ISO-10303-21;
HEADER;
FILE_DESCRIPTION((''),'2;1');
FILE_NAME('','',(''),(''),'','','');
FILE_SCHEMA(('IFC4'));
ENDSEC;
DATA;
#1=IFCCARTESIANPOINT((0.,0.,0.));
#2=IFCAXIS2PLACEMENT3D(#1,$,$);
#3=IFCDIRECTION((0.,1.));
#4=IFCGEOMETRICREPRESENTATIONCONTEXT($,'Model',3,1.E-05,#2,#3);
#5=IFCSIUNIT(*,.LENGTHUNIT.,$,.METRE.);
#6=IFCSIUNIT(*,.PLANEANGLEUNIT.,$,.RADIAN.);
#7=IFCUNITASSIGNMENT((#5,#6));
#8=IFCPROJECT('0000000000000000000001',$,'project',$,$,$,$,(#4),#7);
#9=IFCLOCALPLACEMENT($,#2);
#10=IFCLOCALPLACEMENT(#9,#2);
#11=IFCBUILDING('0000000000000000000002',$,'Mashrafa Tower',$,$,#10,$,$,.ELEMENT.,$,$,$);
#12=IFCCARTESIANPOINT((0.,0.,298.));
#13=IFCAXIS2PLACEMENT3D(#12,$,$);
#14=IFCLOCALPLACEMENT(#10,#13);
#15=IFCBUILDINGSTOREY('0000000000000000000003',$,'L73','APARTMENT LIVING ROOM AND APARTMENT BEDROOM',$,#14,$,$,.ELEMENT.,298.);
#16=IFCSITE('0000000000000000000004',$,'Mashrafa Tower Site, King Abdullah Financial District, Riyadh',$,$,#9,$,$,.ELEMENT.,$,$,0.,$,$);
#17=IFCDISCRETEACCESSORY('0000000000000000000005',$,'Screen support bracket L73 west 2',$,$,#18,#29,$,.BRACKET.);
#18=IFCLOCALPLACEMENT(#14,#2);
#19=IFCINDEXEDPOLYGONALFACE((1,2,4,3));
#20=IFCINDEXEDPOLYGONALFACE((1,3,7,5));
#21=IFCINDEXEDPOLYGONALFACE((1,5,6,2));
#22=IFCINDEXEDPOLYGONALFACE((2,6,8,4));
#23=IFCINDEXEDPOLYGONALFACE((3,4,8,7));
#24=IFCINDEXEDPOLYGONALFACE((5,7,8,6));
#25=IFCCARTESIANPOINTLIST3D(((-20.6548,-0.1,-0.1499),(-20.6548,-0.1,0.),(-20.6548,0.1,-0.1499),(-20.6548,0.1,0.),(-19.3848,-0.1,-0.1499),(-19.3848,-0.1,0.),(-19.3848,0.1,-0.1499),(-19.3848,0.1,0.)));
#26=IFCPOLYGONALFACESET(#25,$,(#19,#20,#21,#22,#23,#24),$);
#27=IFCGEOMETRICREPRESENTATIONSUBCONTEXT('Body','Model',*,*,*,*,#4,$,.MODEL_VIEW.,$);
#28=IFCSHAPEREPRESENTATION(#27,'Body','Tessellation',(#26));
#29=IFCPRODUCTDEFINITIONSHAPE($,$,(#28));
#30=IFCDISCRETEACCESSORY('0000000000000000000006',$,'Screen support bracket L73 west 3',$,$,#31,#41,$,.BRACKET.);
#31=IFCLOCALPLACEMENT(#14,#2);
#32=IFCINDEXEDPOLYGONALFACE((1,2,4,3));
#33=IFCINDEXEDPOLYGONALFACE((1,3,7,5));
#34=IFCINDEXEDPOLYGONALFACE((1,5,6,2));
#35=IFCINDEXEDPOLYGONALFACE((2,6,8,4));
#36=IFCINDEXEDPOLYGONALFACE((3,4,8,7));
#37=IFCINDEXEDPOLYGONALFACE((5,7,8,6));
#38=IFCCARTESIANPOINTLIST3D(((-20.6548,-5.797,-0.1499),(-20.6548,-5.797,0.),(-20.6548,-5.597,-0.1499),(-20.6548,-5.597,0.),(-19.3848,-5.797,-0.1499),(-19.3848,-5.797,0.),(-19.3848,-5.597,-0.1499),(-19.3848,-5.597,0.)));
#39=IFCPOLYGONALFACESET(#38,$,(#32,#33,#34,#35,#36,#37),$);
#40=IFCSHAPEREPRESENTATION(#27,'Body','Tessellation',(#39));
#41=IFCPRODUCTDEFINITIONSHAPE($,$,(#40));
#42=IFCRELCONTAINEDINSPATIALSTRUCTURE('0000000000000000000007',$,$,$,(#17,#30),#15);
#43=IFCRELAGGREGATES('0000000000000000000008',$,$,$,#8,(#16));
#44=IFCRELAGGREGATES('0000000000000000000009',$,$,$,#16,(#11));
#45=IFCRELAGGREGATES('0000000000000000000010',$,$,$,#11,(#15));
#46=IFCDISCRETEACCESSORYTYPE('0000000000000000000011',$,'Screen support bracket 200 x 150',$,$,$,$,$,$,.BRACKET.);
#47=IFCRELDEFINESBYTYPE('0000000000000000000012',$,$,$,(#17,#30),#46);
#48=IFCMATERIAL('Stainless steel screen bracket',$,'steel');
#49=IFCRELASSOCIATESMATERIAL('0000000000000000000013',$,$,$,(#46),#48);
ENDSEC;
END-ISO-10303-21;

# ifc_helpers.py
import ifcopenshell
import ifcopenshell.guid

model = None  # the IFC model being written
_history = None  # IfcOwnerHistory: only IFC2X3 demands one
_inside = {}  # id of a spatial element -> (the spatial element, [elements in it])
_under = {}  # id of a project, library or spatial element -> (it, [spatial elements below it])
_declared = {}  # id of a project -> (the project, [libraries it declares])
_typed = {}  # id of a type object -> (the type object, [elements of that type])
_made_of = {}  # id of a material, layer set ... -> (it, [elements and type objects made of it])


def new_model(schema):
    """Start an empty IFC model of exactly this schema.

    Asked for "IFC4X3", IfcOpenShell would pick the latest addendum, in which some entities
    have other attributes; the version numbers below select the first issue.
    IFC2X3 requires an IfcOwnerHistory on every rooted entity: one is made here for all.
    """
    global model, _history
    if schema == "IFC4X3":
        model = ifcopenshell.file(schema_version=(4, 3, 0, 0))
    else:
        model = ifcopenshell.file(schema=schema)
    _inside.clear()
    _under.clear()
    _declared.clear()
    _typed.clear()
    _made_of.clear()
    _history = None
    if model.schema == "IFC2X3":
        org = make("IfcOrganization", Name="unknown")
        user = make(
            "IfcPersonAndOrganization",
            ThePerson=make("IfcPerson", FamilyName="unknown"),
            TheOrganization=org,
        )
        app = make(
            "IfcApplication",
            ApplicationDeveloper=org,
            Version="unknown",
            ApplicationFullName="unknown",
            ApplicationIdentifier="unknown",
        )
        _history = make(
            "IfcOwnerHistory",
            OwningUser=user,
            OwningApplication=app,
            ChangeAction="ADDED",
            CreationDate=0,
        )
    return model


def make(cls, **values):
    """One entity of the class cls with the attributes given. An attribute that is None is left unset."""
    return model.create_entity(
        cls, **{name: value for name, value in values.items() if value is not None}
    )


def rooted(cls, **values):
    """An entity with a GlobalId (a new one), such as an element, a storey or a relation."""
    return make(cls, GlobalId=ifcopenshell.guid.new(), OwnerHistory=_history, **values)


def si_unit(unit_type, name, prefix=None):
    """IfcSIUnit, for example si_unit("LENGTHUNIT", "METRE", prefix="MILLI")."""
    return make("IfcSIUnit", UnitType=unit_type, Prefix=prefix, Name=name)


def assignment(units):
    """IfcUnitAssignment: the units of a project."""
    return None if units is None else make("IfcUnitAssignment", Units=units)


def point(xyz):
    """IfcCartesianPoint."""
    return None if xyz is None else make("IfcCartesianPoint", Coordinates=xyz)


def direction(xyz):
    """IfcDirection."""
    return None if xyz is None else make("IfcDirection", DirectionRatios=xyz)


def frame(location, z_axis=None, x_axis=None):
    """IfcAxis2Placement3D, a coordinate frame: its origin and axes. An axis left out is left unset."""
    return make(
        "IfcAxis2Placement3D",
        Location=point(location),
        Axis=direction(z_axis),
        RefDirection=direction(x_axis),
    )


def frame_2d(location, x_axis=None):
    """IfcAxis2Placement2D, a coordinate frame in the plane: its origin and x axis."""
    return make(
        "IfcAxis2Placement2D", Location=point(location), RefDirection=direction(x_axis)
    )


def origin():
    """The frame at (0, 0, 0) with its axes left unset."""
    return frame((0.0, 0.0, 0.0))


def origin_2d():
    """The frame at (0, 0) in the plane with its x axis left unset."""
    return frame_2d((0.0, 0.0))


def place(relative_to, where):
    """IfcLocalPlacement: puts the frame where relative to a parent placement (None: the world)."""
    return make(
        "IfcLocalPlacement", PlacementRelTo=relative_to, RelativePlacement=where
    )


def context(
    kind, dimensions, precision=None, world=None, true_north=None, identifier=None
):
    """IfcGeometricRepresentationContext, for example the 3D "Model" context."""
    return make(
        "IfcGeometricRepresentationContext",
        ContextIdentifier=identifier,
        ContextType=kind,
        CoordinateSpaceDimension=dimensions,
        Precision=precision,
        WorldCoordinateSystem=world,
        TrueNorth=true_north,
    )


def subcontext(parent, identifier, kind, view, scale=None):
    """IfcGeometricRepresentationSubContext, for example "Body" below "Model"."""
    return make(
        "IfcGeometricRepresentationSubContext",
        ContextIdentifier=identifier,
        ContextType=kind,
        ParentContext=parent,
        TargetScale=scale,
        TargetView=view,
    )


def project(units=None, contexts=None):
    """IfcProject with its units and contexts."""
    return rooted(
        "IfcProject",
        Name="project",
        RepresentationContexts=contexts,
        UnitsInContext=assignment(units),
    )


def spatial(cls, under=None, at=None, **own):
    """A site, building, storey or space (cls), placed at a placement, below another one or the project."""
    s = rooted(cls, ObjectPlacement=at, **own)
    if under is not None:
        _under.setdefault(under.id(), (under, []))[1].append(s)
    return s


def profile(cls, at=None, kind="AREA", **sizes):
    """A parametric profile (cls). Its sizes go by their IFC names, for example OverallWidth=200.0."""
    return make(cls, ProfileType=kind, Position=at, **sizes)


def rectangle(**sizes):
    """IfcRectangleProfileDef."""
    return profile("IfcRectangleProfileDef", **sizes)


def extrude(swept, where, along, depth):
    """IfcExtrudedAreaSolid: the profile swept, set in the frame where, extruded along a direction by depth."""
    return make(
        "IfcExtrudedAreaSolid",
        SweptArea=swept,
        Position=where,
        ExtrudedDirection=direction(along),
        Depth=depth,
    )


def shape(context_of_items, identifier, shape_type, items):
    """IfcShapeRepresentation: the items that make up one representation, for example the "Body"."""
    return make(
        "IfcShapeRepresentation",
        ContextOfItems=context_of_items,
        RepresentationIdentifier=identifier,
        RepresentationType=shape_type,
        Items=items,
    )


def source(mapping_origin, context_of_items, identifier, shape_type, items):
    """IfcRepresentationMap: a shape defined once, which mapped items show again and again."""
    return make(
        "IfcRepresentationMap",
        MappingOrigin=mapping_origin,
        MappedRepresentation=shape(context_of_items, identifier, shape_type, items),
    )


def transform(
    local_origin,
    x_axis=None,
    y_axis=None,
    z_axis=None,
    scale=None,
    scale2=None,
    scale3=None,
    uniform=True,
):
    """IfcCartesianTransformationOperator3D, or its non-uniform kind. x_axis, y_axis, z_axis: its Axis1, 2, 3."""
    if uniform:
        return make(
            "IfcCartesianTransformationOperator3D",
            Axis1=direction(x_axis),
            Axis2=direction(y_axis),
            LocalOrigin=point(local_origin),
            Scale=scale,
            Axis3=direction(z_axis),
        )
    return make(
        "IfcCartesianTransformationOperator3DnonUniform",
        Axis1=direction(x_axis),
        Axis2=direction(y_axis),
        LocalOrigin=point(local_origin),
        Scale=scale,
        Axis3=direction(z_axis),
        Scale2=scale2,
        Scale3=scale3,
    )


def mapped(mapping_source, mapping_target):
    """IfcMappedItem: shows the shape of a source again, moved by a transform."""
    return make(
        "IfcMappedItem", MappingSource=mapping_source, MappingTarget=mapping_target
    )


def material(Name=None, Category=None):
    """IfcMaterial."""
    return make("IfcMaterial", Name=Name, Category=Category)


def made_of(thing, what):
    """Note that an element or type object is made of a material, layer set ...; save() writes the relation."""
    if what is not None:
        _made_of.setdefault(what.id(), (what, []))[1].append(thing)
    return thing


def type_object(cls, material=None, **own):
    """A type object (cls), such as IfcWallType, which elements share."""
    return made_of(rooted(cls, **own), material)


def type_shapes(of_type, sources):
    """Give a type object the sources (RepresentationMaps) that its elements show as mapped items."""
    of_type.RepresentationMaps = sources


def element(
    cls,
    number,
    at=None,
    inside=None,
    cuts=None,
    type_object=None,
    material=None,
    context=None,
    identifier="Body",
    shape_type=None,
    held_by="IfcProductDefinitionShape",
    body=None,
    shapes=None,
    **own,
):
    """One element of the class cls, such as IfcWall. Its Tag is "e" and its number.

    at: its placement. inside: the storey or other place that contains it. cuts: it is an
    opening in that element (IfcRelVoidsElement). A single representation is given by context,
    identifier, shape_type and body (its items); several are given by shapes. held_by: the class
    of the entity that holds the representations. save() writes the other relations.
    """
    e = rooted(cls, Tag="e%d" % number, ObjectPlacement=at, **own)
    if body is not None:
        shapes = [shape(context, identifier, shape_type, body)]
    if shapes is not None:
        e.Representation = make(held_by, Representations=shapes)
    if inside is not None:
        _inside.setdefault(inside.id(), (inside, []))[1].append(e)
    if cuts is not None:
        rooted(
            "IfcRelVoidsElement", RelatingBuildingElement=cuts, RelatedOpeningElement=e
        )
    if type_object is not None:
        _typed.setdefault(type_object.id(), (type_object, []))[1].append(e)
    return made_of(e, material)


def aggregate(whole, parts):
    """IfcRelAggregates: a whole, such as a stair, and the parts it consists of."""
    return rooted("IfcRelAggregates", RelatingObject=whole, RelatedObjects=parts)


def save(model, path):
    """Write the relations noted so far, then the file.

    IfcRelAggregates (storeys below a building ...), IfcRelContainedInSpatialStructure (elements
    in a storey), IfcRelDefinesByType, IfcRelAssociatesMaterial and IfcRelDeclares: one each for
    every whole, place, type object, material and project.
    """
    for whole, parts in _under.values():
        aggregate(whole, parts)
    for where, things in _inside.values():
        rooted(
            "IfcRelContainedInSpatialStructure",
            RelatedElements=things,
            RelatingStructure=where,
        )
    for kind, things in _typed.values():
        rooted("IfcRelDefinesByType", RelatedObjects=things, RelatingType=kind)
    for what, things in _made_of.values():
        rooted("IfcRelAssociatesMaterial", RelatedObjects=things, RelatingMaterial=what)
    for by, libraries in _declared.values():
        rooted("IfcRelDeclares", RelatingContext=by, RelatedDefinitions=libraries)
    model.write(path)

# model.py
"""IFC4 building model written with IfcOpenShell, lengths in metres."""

from ifc_helpers import new_model, si_unit, direction, frame, origin, origin_2d, place, context, subcontext, project, spatial, rectangle, extrude, source, transform, mapped, material, type_object, type_shapes, element, save


model = new_model("IFC4")

# Units and contexts
model_context = context("Model", 3, precision=1e-05, world=origin(), true_north=direction((0.0, 1.0)))
body_context = subcontext(model_context, "Body", "Model", "MODEL_VIEW")
ifc_project = project(units=[si_unit("LENGTHUNIT", "METRE"), si_unit("PLANEANGLEUNIT", "RADIAN")], contexts=[model_context])

# Site, building, storey
site_placement = place(None, origin())
site = spatial("IfcSite", under=ifc_project, at=site_placement, Name="Mashrafa Tower Site, King Abdullah Financial District, Riyadh", CompositionType="ELEMENT", RefElevation=0.0)
building_placement = place(site_placement, origin())
building = spatial("IfcBuilding", under=site, at=building_placement, Name="Mashrafa Tower", CompositionType="ELEMENT")
storey_placement = place(building_placement, frame((0.0, 0.0, 298.0)))
storey = spatial("IfcBuildingStorey", under=building, at=storey_placement, Name="L73", Description="APARTMENT LIVING ROOM AND APARTMENT BEDROOM", CompositionType="ELEMENT", Elevation=298.0)

# Discrete accessories
ifc_material_1 = material(Name="Stainless steel screen bracket", Category="steel")
discrete_accessory_type = type_object("IfcDiscreteAccessoryType", Name="Screen support bracket 200 x 150", PredefinedType="BRACKET", material=ifc_material_1)
shared_shape_1 = source(origin(), body_context, "Body", "SweptSolid", [
    extrude(rectangle(XDim=0.2, YDim=1.27, at=origin_2d()), origin(), (0.0, 0.0, 1.0), 0.1499),
])
type_shapes(discrete_accessory_type, [shared_shape_1])
for number, where, z_axis, x_axis, name in (
    (1, (-20.0198, 0.0, -0.1499), (0.0, 0.0, 1.0), (0.0, -1.0, 0.0), "Screen support bracket L73 west 2"),
    (2, (-20.0198, -5.697, -0.1499), (0.0, 0.0, 1.0), (0.0, -1.0, 0.0), "Screen support bracket L73 west 3"),
):
    element("IfcDiscreteAccessory", number, at=place(storey_placement, frame(where, z_axis=z_axis, x_axis=x_axis)), inside=storey, type_object=discrete_accessory_type, Name=name, PredefinedType="BRACKET", context=body_context, shape_type="MappedRepresentation", body=[
        mapped(shared_shape_1, transform((0.0, 0.0, 0.0))),
    ])

save(model, "model.ifc")
